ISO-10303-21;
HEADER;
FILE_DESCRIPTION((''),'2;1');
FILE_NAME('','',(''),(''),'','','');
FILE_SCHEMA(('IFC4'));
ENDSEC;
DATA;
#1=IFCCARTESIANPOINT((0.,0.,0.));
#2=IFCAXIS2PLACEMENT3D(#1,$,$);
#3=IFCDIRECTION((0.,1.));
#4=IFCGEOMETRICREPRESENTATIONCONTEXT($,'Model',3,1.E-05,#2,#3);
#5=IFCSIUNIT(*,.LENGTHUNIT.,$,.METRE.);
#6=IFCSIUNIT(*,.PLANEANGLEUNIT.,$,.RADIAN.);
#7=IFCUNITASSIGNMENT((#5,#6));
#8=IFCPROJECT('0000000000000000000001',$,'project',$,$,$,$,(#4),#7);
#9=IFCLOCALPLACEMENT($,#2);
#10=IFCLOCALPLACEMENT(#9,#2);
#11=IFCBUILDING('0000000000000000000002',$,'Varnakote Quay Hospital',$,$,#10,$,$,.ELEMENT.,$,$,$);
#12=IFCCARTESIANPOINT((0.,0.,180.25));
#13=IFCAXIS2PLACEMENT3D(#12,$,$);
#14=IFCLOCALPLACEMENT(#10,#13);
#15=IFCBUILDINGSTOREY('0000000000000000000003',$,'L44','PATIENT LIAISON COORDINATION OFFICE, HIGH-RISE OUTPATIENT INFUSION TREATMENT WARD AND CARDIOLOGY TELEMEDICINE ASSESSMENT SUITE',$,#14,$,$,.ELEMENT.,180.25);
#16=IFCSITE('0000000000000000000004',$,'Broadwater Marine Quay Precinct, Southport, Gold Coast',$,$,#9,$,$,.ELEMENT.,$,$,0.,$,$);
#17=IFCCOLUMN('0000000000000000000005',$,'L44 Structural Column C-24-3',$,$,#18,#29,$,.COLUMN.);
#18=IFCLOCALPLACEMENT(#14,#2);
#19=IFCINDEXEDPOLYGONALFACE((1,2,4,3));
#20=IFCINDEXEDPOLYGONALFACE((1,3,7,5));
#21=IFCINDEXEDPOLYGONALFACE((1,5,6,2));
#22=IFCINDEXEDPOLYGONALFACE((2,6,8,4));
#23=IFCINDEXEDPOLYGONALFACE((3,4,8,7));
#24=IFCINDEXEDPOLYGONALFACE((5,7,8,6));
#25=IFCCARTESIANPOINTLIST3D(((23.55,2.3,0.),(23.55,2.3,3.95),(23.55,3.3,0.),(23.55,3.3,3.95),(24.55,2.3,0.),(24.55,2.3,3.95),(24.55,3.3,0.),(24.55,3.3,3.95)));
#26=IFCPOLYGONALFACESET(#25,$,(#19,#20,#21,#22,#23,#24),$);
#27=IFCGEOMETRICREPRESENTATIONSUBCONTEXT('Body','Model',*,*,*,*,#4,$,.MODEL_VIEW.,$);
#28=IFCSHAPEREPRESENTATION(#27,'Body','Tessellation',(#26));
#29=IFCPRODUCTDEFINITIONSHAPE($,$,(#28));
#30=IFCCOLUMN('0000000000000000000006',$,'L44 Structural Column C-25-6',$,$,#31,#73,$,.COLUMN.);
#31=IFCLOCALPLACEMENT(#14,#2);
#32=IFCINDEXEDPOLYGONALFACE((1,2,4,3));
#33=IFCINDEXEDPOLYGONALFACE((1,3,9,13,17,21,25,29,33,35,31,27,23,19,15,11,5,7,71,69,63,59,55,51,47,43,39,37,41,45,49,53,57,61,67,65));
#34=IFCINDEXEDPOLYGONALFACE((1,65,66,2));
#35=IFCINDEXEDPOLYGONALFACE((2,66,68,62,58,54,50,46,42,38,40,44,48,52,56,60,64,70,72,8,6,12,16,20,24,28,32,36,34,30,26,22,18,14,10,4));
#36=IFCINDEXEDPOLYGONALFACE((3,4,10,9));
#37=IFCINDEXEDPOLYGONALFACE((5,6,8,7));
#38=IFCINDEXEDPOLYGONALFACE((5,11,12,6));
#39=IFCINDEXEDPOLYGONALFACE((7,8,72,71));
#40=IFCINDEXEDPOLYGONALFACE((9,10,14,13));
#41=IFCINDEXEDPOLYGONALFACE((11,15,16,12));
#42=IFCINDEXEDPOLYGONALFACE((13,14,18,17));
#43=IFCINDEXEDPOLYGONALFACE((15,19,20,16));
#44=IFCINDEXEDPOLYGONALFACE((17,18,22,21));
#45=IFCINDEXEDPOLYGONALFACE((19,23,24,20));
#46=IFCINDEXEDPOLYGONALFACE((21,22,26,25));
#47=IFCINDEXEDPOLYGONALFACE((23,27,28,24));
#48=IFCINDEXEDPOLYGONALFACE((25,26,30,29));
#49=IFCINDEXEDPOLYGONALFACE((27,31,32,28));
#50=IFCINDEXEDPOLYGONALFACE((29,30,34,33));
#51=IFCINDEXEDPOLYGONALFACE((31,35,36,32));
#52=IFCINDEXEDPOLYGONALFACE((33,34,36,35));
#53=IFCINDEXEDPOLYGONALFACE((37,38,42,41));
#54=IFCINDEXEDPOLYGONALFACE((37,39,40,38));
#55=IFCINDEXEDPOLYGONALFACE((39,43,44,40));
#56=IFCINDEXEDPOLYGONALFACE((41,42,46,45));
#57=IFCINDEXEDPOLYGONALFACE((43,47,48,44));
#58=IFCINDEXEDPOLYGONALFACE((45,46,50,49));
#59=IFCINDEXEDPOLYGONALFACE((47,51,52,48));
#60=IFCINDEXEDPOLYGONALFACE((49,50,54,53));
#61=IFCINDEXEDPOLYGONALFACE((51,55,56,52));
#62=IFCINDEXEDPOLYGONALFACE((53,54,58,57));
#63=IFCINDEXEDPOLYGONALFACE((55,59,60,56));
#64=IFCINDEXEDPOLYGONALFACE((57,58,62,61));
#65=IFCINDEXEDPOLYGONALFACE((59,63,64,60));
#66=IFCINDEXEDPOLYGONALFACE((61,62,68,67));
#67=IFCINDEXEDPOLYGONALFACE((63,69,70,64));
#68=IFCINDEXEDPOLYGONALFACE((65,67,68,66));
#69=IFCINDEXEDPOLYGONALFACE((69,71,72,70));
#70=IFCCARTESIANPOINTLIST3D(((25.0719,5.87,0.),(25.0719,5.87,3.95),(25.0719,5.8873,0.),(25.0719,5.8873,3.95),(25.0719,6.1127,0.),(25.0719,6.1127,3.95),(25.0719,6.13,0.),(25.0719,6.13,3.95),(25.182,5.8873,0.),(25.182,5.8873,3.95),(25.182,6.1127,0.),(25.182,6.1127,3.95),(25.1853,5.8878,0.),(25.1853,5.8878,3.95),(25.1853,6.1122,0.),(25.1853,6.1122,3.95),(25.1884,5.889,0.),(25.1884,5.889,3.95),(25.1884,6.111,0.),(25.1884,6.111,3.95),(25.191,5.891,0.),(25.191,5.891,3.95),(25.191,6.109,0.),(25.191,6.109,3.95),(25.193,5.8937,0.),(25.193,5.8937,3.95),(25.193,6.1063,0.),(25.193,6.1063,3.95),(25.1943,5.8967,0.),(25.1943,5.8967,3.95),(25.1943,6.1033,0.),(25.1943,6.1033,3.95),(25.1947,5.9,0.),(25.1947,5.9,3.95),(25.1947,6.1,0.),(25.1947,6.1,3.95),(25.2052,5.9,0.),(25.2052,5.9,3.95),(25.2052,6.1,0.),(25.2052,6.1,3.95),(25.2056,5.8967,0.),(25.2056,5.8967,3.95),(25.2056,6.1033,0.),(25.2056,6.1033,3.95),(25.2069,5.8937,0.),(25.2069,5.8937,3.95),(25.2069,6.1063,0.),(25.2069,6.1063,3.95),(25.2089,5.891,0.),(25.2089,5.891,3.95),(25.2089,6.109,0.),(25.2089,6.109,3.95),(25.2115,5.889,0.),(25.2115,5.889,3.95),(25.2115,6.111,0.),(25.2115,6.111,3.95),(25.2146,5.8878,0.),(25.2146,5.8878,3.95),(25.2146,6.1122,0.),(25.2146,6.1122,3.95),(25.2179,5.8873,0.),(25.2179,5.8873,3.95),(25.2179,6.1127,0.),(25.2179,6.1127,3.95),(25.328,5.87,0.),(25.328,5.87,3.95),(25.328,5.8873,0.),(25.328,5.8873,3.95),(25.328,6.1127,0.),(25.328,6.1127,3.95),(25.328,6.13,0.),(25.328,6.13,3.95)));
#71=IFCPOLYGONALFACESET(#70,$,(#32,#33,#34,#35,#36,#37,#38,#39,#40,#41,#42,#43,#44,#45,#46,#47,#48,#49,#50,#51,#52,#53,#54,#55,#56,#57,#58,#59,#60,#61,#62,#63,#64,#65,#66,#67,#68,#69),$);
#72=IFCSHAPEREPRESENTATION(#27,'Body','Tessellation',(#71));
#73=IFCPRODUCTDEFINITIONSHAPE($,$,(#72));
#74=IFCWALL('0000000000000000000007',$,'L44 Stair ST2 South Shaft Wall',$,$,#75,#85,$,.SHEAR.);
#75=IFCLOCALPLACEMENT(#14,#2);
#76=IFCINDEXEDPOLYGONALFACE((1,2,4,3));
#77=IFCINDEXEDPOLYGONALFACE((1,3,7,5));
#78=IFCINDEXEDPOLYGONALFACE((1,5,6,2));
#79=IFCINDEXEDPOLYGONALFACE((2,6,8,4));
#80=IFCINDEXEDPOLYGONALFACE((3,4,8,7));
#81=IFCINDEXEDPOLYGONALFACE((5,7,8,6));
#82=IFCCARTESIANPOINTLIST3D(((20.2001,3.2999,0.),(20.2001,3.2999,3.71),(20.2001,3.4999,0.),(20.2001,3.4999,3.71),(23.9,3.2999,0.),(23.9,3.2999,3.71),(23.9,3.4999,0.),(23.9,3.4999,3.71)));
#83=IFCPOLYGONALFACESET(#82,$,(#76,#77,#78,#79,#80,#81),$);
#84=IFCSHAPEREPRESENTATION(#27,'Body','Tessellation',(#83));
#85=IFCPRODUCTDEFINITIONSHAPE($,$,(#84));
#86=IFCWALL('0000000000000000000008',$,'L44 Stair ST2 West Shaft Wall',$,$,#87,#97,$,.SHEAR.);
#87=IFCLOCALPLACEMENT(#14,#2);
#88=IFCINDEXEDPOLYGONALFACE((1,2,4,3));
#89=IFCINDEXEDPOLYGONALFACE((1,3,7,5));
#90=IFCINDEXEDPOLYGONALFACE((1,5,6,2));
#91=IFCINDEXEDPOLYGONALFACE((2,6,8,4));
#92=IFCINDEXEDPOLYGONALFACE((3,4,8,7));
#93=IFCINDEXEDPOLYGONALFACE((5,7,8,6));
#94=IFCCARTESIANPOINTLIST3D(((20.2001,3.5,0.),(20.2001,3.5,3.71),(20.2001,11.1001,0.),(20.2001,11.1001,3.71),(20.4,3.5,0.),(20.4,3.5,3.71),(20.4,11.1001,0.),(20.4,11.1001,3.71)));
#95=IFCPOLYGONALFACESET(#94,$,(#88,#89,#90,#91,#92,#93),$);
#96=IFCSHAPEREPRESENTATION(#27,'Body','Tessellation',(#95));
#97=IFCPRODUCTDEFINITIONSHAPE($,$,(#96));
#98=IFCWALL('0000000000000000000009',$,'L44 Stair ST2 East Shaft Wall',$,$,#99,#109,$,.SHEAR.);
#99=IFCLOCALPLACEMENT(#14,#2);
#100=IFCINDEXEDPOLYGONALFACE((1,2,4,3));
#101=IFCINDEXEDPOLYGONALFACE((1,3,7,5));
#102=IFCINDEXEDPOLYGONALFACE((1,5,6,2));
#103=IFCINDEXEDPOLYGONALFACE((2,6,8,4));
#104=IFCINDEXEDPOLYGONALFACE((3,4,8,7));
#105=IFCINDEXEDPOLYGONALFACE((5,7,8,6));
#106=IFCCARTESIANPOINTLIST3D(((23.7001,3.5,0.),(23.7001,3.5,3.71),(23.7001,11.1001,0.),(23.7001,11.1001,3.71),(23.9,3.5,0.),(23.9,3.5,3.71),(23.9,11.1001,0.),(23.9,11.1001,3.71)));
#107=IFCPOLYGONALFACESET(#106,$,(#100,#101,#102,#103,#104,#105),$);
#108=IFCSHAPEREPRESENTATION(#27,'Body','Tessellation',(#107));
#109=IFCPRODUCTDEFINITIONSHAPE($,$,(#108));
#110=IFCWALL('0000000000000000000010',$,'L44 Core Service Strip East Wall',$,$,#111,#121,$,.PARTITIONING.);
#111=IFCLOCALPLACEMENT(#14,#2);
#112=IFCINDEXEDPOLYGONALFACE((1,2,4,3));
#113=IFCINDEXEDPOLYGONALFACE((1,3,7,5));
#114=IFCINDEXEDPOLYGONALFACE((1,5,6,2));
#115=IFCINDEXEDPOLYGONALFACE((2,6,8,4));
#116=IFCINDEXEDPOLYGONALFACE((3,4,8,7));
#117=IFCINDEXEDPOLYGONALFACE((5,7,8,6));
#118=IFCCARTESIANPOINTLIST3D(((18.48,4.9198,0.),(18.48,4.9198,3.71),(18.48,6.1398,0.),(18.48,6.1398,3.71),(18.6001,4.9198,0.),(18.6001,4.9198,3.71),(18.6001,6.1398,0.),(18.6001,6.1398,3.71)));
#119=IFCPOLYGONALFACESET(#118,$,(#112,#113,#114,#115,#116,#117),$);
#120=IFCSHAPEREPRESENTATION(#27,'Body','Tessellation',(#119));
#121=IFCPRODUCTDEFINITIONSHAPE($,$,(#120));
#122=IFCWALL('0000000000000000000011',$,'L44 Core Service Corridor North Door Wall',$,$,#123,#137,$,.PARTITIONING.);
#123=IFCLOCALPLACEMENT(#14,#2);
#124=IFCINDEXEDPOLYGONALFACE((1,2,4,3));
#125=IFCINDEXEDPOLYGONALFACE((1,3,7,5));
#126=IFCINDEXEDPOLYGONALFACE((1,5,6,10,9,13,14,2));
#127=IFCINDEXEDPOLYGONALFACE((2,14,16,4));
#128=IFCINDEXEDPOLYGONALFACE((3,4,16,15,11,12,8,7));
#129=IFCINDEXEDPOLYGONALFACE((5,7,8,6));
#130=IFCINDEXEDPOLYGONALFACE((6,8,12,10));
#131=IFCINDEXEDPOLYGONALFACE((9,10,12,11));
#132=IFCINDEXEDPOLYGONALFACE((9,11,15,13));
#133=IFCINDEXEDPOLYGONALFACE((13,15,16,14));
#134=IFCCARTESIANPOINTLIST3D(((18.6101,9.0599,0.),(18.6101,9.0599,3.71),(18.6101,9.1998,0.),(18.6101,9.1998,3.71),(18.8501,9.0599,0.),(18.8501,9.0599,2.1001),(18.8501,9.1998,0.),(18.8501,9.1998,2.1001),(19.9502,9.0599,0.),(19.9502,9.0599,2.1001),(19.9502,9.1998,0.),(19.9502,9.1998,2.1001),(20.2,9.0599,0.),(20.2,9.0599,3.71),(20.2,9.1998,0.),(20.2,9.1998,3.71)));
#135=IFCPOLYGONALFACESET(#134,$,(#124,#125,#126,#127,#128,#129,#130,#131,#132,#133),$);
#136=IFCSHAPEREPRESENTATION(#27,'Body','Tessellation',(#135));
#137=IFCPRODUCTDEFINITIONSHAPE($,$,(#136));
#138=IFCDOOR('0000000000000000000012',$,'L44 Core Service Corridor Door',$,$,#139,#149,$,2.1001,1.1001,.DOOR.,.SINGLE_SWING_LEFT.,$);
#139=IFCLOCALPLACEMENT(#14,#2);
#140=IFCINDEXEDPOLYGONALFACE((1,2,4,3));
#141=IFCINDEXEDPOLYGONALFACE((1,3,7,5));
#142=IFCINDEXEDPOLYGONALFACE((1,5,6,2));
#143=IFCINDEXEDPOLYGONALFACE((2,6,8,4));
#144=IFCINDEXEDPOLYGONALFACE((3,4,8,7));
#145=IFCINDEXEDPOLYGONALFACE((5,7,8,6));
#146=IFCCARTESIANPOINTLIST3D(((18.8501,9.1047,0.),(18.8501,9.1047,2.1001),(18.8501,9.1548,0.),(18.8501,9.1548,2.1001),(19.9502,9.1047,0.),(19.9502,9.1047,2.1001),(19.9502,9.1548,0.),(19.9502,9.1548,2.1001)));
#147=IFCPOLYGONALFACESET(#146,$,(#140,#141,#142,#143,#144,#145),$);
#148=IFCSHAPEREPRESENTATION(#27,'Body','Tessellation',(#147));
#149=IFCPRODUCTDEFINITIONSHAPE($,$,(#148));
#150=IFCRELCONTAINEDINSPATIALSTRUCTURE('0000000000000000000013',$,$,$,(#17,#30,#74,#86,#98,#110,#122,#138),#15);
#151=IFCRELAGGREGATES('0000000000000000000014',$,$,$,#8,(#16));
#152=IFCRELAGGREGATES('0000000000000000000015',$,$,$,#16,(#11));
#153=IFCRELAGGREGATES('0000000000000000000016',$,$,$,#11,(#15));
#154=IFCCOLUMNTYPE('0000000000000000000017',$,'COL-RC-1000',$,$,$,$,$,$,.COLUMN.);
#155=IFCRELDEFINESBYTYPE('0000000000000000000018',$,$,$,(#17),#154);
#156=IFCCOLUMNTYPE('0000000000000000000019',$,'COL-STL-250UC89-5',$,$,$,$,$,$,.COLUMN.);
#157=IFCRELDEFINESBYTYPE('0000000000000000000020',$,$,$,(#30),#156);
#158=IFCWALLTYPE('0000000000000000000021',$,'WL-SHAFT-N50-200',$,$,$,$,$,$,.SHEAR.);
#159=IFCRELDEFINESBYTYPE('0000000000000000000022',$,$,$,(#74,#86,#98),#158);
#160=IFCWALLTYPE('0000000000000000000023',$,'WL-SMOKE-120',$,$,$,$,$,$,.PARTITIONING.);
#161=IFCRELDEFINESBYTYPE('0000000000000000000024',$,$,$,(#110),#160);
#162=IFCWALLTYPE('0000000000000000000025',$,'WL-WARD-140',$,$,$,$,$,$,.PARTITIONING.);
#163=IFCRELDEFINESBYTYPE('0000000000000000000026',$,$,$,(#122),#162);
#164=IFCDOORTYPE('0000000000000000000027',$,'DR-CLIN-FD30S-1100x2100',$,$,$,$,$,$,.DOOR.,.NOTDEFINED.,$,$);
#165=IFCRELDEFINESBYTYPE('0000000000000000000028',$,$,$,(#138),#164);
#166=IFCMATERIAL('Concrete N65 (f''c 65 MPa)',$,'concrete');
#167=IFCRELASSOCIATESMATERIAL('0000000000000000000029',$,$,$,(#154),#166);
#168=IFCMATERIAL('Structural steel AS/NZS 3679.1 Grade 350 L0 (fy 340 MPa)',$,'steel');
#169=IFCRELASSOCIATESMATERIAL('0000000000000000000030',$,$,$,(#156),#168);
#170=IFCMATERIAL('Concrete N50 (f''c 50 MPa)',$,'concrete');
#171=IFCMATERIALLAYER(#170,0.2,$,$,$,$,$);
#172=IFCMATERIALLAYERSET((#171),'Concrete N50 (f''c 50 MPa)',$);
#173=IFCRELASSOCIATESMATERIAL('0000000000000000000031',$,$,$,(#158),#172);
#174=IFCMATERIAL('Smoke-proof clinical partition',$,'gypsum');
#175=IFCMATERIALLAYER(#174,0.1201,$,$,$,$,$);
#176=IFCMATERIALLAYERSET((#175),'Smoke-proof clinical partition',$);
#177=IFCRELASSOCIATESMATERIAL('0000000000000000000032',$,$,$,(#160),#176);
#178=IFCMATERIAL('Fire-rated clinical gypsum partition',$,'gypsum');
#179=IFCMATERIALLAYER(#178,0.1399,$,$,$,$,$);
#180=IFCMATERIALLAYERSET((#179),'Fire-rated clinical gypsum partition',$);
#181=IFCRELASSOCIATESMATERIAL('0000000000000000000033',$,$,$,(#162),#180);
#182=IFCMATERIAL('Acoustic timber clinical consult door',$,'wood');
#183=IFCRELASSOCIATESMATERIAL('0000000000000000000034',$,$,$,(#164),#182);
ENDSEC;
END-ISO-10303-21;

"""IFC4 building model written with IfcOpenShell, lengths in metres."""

from ifc_helpers import new_model, si_unit, direction, frame, frame_2d, origin, origin_2d, place, context, subcontext, project, spatial, rectangle, i_section, extrude, material, layer, layer_set, material_profile, profile_set, type_object, element, fill, save


model = new_model("IFC4")

# Units and contexts
model_context = context("Model", 3, precision=1e-05, world=origin(), true_north=direction((0.0, 1.0)))
body_context = subcontext(model_context, "Body", "Model", "MODEL_VIEW")
ifc_project = project(units=[si_unit("LENGTHUNIT", "METRE"), si_unit("PLANEANGLEUNIT", "RADIAN")], contexts=[model_context])

# Site, building, storey
site_placement = place(None, origin())
site = spatial("IfcSite", under=ifc_project, at=site_placement, Name="Broadwater Marine Quay Precinct, Southport, Gold Coast", CompositionType="ELEMENT", RefElevation=0.0)
building_placement = place(site_placement, origin())
building = spatial("IfcBuilding", under=site, at=building_placement, Name="Varnakote Quay Hospital", CompositionType="ELEMENT")
storey_placement = place(building_placement, frame((0.0, 0.0, 180.25)))
storey = spatial("IfcBuildingStorey", under=building, at=storey_placement, Name="L44", Description="PATIENT LIAISON COORDINATION OFFICE, HIGH-RISE OUTPATIENT INFUSION TREATMENT WARD AND CARDIOLOGY TELEMEDICINE ASSESSMENT SUITE", CompositionType="ELEMENT", Elevation=180.25)

# Columns
ifc_material_1 = material(Name="Concrete N65 (f'c 65 MPa)", Category="concrete")
ifc_material_profile_1 = material_profile(ifc_material_1, rectangle(XDim=1.0, YDim=1.0, at=origin_2d()), Name="RC-COL-1000x1000")
ifc_profile_set_1 = profile_set([ifc_material_profile_1], Name="Concrete N65 (f'c 65 MPa)")
column_type_1 = type_object("IfcColumnType", Name="COL-RC-1000", PredefinedType="COLUMN", material=ifc_profile_set_1)
column_1_placement = place(storey_placement, frame((24.05, 2.8, 0.0), z_axis=(0.0, 0.0, 1.0), x_axis=(1.0, 0.0, 0.0)))
element("IfcColumn", 1, at=column_1_placement, inside=storey, type_object=column_type_1, Name="L44 Structural Column C-24-3", PredefinedType="COLUMN", context=body_context, shape_type="SweptSolid", body=[
    extrude(rectangle(XDim=1.0, YDim=1.0, at=origin_2d()), origin(), (0.0, 0.0, 1.0), 3.95),
])
ifc_material_2 = material(Name="Structural steel AS/NZS 3679.1 Grade 350 L0 (fy 340 MPa)", Category="steel")
ifc_material_profile_2 = material_profile(ifc_material_2, i_section(OverallWidth=0.2561, OverallDepth=0.26, WebThickness=0.0105, FlangeThickness=0.0173, FilletRadius=0.0127, at=origin_2d()), Name="250UC89.5")
ifc_profile_set_2 = profile_set([ifc_material_profile_2], Name="Structural steel AS/NZS 3679.1 Grade 350 L0 (fy 340 MPa)")
column_type_2 = type_object("IfcColumnType", Name="COL-STL-250UC89-5", PredefinedType="COLUMN", material=ifc_profile_set_2)
column_2_placement = place(storey_placement, frame((25.2, 6.0, 0.0), z_axis=(0.0, 0.0, 1.0), x_axis=(1.0, 0.0, 0.0)))
element("IfcColumn", 2, at=column_2_placement, inside=storey, type_object=column_type_2, Name="L44 Structural Column C-25-6", PredefinedType="COLUMN", context=body_context, shape_type="SweptSolid", body=[
    extrude(i_section(OverallWidth=0.2561, OverallDepth=0.26, WebThickness=0.0105, FlangeThickness=0.0173, FilletRadius=0.0127, at=origin_2d()), origin(), (0.0, 0.0, 1.0), 3.95),
])

# Walls
ifc_material_3 = material(Name="Concrete N50 (f'c 50 MPa)", Category="concrete")
ifc_layer_1 = layer(ifc_material_3, 0.2)
ifc_layer_set_1 = layer_set([ifc_layer_1], Name="Concrete N50 (f'c 50 MPa)")
wall_type_1 = type_object("IfcWallType", Name="WL-SHAFT-N50-200", PredefinedType="SHEAR", material=ifc_layer_set_1)
wall_1_placement = place(storey_placement, frame((20.2, 3.3999, 0.0), z_axis=(0.0, 0.0, 1.0), x_axis=(1.0, 0.0, 0.0)))
element("IfcWall", 3, at=wall_1_placement, inside=storey, type_object=wall_type_1, Name="L44 Stair ST2 South Shaft Wall", PredefinedType="SHEAR", context=body_context, shape_type="SweptSolid", body=[
    extrude(rectangle(XDim=3.7, YDim=0.2, at=frame_2d((1.8501, 0.0))), origin(), (0.0, 0.0, 1.0), 3.71),
])
for number, where, z_axis, x_axis, name in (
    (4, (20.3, 3.5, 0.0), (0.0, 0.0, 1.0), (0.0, 1.0, 0.0), "L44 Stair ST2 West Shaft Wall"),
    (5, (23.8, 3.5, 0.0), (0.0, 0.0, 1.0), (0.0, 1.0, 0.0), "L44 Stair ST2 East Shaft Wall"),
):
    element("IfcWall", number, at=place(storey_placement, frame(where, z_axis=z_axis, x_axis=x_axis)), inside=storey, type_object=wall_type_1, Name=name, PredefinedType="SHEAR", context=body_context, shape_type="SweptSolid", body=[
        extrude(rectangle(XDim=7.6001, YDim=0.2, at=frame_2d((3.8, 0.0))), origin(), (0.0, 0.0, 1.0), 3.71),
    ])

# Wall
ifc_material_4 = material(Name="Smoke-proof clinical partition", Category="gypsum")
ifc_layer_2 = layer(ifc_material_4, 0.1201)
ifc_layer_set_2 = layer_set([ifc_layer_2], Name="Smoke-proof clinical partition")
wall_type_2 = type_object("IfcWallType", Name="WL-SMOKE-120", PredefinedType="PARTITIONING", material=ifc_layer_set_2)
wall_2_placement = place(storey_placement, frame((18.54, 4.9199, 0.0), z_axis=(0.0, 0.0, 1.0), x_axis=(0.0, 1.0, 0.0)))
element("IfcWall", 6, at=wall_2_placement, inside=storey, type_object=wall_type_2, Name="L44 Core Service Strip East Wall", PredefinedType="PARTITIONING", context=body_context, shape_type="SweptSolid", body=[
    extrude(rectangle(XDim=1.22, YDim=0.1201, at=frame_2d((0.6099, 0.0))), origin(), (0.0, 0.0, 1.0), 3.71),
])

# Wall, opening, door
ifc_material_5 = material(Name="Fire-rated clinical gypsum partition", Category="gypsum")
ifc_layer_3 = layer(ifc_material_5, 0.1399)
ifc_layer_set_3 = layer_set([ifc_layer_3], Name="Fire-rated clinical gypsum partition")
wall_type_3 = type_object("IfcWallType", Name="WL-WARD-140", PredefinedType="PARTITIONING", material=ifc_layer_set_3)
wall_3_placement = place(storey_placement, frame((18.6101, 9.1299, 0.0), z_axis=(0.0, 0.0, 1.0), x_axis=(1.0, 0.0, 0.0)))
wall_3 = element("IfcWall", 7, at=wall_3_placement, inside=storey, type_object=wall_type_3, Name="L44 Core Service Corridor North Door Wall", PredefinedType="PARTITIONING", context=body_context, shape_type="SweptSolid", body=[
    extrude(rectangle(XDim=1.5898, YDim=0.1399, at=frame_2d((0.7949, 0.0))), origin(), (0.0, 0.0, 1.0), 3.71),
])
opening_1_placement = place(wall_3_placement, frame((0.24, 0.0, 0.0)))
opening_1 = element("IfcOpeningElement", 8, at=opening_1_placement, cuts=wall_3, PredefinedType="OPENING", context=body_context, shape_type="SweptSolid", body=[
    extrude(rectangle(XDim=1.1001, YDim=2.1001, at=frame_2d((0.55, 1.05))), frame((0.0, 0.0798, 0.0), z_axis=(0.0, -1.0, 0.0), x_axis=(1.0, 0.0, 0.0)), (0.0, 0.0, 1.0), 0.1599),
])
ifc_material_6 = material(Name="Acoustic timber clinical consult door", Category="wood")
door_type_1 = type_object("IfcDoorType", Name="DR-CLIN-FD30S-1100x2100", OperationType="NOTDEFINED", PredefinedType="DOOR", material=ifc_material_6)
door_1_placement = place(opening_1_placement, origin())
door_1 = element("IfcDoor", 9, at=door_1_placement, inside=storey, type_object=door_type_1, Name="L44 Core Service Corridor Door", OperationType="SINGLE_SWING_LEFT", OverallHeight=2.1001, OverallWidth=1.1001, PredefinedType="DOOR", context=body_context, shape_type="SweptSolid", body=[
    extrude(rectangle(XDim=1.1001, YDim=2.1001, at=frame_2d((0.55, 1.05))), frame((0.0, 0.0249, 0.0), z_axis=(0.0, -1.0, 0.0), x_axis=(1.0, 0.0, 0.0)), (0.0, 0.0, 1.0), 0.05),
])
fill(opening_1, door_1)

save(model, "model.ifc")
